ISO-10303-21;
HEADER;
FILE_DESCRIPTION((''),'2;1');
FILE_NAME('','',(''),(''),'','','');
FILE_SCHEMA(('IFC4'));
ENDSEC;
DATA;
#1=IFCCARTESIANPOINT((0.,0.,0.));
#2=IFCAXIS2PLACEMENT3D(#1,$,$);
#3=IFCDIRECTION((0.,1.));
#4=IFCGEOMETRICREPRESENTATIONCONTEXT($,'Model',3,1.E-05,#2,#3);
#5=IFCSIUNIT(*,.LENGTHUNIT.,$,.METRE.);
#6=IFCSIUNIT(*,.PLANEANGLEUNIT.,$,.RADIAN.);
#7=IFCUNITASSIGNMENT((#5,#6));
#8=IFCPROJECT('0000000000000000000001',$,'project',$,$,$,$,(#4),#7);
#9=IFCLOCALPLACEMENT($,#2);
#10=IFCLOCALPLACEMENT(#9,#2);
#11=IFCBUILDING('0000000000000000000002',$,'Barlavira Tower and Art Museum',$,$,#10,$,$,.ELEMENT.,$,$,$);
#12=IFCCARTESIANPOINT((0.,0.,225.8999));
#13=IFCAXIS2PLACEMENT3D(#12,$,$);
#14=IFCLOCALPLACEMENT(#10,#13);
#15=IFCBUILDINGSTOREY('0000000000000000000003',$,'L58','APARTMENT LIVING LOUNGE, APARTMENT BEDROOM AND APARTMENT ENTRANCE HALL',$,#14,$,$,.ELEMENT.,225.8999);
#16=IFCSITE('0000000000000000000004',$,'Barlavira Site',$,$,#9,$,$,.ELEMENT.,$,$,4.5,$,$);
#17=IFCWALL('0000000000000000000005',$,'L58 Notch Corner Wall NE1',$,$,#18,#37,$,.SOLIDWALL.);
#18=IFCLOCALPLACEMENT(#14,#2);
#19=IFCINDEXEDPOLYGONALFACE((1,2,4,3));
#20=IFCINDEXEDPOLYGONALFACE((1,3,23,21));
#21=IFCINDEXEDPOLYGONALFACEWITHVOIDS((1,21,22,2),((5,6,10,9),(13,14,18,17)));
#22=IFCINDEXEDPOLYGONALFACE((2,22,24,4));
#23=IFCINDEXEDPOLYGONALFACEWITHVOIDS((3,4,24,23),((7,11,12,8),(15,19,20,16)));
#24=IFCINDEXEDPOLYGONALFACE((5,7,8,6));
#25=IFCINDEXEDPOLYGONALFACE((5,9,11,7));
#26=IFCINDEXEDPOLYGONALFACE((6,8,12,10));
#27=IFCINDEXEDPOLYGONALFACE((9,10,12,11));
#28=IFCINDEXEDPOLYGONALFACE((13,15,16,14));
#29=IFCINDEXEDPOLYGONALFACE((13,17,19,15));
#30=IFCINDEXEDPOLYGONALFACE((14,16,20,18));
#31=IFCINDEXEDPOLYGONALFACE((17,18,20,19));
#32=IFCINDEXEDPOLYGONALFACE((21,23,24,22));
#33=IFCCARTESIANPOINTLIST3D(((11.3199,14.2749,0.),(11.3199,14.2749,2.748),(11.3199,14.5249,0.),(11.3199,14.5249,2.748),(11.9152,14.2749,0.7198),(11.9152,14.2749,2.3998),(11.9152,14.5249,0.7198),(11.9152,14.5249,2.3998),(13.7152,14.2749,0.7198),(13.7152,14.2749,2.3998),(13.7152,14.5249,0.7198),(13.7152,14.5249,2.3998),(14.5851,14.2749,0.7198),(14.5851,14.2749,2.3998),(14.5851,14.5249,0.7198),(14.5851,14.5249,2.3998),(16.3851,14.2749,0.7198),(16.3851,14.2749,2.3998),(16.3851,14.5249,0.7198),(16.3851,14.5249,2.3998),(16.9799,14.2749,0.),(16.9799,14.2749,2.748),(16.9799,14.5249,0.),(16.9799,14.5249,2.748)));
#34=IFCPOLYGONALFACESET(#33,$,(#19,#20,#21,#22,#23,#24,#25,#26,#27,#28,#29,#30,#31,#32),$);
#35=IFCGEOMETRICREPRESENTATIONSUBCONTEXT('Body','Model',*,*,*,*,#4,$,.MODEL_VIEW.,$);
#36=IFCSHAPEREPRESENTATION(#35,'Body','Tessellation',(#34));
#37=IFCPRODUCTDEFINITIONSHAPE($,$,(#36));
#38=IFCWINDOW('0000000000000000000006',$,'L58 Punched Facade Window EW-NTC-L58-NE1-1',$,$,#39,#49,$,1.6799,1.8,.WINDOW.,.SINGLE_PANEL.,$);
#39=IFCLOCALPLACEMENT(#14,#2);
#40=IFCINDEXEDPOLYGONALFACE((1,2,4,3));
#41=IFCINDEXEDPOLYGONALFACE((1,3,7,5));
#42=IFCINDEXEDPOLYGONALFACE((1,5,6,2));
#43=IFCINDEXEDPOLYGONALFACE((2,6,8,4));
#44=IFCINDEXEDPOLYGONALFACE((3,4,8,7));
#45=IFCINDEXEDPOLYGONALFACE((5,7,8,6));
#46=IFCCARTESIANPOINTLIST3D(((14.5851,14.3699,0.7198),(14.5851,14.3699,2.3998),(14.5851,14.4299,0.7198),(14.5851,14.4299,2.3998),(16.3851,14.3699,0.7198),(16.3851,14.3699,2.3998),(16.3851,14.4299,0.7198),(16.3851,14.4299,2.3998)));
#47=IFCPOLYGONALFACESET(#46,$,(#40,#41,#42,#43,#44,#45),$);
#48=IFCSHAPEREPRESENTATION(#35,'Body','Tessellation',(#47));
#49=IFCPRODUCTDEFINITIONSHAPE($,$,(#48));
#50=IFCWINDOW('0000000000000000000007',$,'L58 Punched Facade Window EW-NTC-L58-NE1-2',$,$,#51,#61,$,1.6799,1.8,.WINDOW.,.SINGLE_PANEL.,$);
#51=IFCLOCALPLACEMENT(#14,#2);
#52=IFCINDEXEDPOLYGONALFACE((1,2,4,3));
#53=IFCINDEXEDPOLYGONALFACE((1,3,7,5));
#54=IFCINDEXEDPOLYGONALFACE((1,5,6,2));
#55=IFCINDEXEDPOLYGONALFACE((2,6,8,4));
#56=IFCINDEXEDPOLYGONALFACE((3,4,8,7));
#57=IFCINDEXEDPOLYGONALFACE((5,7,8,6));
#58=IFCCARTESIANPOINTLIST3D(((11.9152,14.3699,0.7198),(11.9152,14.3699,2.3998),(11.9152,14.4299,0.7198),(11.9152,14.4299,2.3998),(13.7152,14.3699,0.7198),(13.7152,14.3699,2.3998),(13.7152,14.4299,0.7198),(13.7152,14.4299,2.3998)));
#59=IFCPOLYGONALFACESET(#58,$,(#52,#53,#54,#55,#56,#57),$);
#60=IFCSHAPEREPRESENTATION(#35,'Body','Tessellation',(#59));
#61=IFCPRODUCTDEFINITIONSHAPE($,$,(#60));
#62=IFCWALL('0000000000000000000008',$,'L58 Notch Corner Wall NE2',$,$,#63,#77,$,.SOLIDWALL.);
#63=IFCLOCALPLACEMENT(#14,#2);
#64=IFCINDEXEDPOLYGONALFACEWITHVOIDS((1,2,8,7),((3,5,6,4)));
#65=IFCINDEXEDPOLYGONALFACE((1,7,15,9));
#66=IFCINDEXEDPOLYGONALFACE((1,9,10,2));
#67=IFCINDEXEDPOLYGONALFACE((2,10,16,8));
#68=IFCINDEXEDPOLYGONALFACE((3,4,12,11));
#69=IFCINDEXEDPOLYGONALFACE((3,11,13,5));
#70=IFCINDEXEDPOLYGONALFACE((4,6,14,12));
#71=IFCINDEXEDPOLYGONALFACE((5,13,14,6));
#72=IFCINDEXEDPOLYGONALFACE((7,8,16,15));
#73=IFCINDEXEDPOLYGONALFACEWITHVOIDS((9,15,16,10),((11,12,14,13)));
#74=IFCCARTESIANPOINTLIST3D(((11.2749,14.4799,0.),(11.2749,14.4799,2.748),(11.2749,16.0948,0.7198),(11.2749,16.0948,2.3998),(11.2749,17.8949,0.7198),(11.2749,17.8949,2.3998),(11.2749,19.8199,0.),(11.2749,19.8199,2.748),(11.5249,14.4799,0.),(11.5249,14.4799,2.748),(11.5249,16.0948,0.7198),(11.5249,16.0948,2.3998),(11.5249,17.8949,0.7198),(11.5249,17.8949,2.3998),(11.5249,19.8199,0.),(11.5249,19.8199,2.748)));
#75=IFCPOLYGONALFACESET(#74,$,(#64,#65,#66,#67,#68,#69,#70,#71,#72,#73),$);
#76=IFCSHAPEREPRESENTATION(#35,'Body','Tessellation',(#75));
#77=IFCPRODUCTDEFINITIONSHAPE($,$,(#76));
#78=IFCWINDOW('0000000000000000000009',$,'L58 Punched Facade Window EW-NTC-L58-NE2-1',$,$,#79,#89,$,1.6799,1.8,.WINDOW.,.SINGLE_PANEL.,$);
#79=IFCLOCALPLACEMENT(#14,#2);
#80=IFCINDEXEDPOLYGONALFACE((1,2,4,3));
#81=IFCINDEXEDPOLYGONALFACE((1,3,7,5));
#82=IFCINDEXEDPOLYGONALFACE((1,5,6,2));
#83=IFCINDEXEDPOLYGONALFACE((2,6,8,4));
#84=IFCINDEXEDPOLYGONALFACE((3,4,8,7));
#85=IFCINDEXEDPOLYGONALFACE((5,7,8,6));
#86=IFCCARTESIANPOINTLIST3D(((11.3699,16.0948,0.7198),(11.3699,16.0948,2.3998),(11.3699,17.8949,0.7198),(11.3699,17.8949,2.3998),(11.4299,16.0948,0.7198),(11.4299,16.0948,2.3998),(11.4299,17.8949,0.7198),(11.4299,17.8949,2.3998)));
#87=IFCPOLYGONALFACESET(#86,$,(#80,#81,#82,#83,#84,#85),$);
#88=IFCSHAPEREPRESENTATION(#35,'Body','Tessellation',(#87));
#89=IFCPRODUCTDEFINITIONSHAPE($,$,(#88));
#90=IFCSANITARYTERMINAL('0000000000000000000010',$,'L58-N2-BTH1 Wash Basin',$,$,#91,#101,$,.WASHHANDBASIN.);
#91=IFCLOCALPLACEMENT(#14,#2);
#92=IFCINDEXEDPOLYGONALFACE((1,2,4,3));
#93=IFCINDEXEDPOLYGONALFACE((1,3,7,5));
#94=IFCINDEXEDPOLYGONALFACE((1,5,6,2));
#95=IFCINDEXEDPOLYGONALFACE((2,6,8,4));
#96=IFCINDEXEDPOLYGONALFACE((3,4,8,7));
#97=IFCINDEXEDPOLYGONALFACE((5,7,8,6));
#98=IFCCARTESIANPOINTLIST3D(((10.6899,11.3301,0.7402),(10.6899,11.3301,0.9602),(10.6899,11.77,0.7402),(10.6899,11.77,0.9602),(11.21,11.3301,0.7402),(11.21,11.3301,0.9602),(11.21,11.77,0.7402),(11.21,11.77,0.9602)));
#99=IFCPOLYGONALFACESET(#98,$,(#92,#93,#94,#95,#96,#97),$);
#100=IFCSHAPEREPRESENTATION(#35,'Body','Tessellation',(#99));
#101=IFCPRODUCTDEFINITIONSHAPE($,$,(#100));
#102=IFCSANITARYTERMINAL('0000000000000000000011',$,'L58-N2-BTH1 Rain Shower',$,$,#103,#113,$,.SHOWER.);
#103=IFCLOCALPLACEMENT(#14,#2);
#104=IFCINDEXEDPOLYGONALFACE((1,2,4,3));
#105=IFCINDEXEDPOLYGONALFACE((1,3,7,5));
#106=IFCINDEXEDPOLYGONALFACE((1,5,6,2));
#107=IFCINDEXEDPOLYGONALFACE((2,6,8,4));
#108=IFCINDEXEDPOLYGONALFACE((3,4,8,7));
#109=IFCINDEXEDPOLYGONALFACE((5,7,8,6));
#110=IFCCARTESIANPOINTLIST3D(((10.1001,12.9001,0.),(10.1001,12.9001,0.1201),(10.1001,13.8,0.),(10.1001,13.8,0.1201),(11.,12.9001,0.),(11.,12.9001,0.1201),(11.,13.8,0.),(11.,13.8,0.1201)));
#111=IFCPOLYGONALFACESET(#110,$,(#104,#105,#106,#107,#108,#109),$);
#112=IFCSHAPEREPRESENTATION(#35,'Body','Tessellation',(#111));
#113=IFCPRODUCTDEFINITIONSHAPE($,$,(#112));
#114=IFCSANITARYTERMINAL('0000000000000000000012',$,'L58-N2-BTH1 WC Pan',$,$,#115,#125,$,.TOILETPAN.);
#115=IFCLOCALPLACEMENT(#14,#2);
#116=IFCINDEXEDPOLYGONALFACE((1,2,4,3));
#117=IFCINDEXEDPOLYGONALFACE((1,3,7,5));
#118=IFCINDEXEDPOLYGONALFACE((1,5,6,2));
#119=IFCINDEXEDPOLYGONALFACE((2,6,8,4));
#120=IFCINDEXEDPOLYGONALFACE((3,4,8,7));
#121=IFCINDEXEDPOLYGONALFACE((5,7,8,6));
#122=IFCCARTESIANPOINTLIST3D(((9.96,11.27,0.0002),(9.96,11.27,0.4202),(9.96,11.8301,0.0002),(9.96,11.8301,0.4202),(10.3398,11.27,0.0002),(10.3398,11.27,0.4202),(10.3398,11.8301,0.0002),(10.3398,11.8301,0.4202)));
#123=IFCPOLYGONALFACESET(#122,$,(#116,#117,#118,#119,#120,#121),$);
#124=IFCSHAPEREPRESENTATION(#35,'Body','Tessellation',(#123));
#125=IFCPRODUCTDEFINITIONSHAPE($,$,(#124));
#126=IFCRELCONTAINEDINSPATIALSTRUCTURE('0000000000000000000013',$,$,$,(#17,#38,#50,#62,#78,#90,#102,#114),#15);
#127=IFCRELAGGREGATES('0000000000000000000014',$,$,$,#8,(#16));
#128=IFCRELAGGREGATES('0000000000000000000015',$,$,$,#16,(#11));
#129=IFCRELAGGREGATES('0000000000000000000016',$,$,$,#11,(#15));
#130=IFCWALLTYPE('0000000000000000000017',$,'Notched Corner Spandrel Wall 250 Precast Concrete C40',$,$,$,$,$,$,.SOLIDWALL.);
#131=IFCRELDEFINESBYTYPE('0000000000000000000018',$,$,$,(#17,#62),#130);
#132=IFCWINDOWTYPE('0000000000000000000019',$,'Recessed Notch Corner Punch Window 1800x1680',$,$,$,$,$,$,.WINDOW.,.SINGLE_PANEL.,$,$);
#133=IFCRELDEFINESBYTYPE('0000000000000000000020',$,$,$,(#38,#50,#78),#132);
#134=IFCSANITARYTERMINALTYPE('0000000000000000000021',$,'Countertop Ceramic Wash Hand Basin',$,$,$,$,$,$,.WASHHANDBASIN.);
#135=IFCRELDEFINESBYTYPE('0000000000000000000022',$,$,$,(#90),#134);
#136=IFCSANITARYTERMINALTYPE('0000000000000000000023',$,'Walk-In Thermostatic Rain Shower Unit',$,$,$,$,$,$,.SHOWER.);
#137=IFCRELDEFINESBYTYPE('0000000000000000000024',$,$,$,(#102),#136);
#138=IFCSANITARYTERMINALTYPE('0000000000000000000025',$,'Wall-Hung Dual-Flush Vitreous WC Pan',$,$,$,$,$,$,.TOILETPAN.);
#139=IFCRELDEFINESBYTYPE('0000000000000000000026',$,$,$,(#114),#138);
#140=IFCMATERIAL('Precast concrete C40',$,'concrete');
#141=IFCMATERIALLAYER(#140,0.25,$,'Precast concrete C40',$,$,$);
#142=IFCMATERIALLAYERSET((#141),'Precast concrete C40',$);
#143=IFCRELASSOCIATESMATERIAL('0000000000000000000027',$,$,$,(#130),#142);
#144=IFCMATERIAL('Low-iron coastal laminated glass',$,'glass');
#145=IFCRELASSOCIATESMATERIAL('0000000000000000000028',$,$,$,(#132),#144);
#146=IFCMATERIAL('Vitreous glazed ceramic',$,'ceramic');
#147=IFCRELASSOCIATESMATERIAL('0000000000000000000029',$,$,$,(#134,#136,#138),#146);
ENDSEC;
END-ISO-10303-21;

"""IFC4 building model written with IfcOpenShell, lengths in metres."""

from ifc_helpers import new_model, si_unit, direction, frame, frame_2d, origin, origin_2d, place, context, subcontext, project, spatial, rectangle, extrude, material, layer, layer_set, type_object, element, fill, save


model = new_model("IFC4")

# Units and contexts
model_context = context("Model", 3, precision=1e-05, world=origin(), true_north=direction((0.0, 1.0)))
body_context = subcontext(model_context, "Body", "Model", "MODEL_VIEW")
ifc_project = project(units=[si_unit("LENGTHUNIT", "METRE"), si_unit("PLANEANGLEUNIT", "RADIAN")], contexts=[model_context])

# Site, building, storey
site_placement = place(None, origin())
site = spatial("IfcSite", under=ifc_project, at=site_placement, Name="Barlavira Site", CompositionType="ELEMENT", RefElevation=4.5)
building_placement = place(site_placement, origin())
building = spatial("IfcBuilding", under=site, at=building_placement, Name="Barlavira Tower and Art Museum", CompositionType="ELEMENT")
storey_placement = place(building_placement, frame((0.0, 0.0, 225.8999)))
storey = spatial("IfcBuildingStorey", under=building, at=storey_placement, Name="L58", Description="APARTMENT LIVING LOUNGE, APARTMENT BEDROOM AND APARTMENT ENTRANCE HALL", CompositionType="ELEMENT", Elevation=225.8999)

# Shared definitions
ifc_material_1 = material(Name="Precast concrete C40", Category="concrete")
ifc_layer_1 = layer(ifc_material_1, 0.25, Name="Precast concrete C40")
ifc_layer_set_1 = layer_set([ifc_layer_1], Name="Precast concrete C40")
wall_type_1 = type_object("IfcWallType", Name="Notched Corner Spandrel Wall 250 Precast Concrete C40", PredefinedType="SOLIDWALL", material=ifc_layer_set_1)
ifc_material_2 = material(Name="Low-iron coastal laminated glass", Category="glass")

# Wall, openings, windows
wall_1_placement = place(storey_placement, frame((16.98, 14.3999, 0.0), z_axis=(0.0, 0.0, 1.0), x_axis=(-1.0, 0.0, 0.0)))
wall_1 = element("IfcWall", 1, at=wall_1_placement, inside=storey, type_object=wall_type_1, Name="L58 Notch Corner Wall NE1", PredefinedType="SOLIDWALL", context=body_context, shape_type="SweptSolid", body=[
    extrude(rectangle(XDim=5.6599, YDim=0.25, at=frame_2d((2.8301, 0.0))), origin(), (0.0, 0.0, 1.0), 2.748),
])
opening_1_placement = place(wall_1_placement, frame((0.595, 0.0, 0.72)))
opening_1 = element("IfcOpeningElement", 2, at=opening_1_placement, cuts=wall_1, PredefinedType="OPENING", context=body_context, shape_type="SweptSolid", body=[
    extrude(rectangle(XDim=1.8, YDim=1.6799, at=frame_2d((0.8999, 0.8398))), frame((0.0, 0.135, 0.0), z_axis=(0.0, -1.0, 0.0), x_axis=(1.0, 0.0, 0.0)), (0.0, 0.0, 1.0), 0.27),
])
opening_2_placement = place(wall_1_placement, frame((3.2649, 0.0, 0.72)))
opening_2 = element("IfcOpeningElement", 3, at=opening_2_placement, cuts=wall_1, PredefinedType="OPENING", context=body_context, shape_type="SweptSolid", body=[
    extrude(rectangle(XDim=1.8, YDim=1.6799, at=frame_2d((0.8999, 0.8398))), frame((0.0, 0.135, 0.0), z_axis=(0.0, -1.0, 0.0), x_axis=(1.0, 0.0, 0.0)), (0.0, 0.0, 1.0), 0.27),
])
window_type_1 = type_object("IfcWindowType", Name="Recessed Notch Corner Punch Window 1800x1680", PartitioningType="SINGLE_PANEL", PredefinedType="WINDOW", material=ifc_material_2)
window_1_placement = place(opening_1_placement, origin())
window_1 = element("IfcWindow", 4, at=window_1_placement, inside=storey, type_object=window_type_1, Name="L58 Punched Facade Window EW-NTC-L58-NE1-1", OverallHeight=1.6799, OverallWidth=1.8, PartitioningType="SINGLE_PANEL", PredefinedType="WINDOW", context=body_context, shape_type="SweptSolid", body=[
    extrude(rectangle(XDim=1.8, YDim=1.6799, at=frame_2d((0.8999, 0.8398))), frame((0.0, 0.03, 0.0), z_axis=(0.0, -1.0, 0.0), x_axis=(1.0, 0.0, 0.0)), (0.0, 0.0, 1.0), 0.0601),
])
fill(opening_1, window_1)
window_2_placement = place(opening_2_placement, origin())
window_2 = element("IfcWindow", 5, at=window_2_placement, inside=storey, type_object=window_type_1, Name="L58 Punched Facade Window EW-NTC-L58-NE1-2", OverallHeight=1.6799, OverallWidth=1.8, PartitioningType="SINGLE_PANEL", PredefinedType="WINDOW", context=body_context, shape_type="SweptSolid", body=[
    extrude(rectangle(XDim=1.8, YDim=1.6799, at=frame_2d((0.8999, 0.8398))), frame((0.0, 0.03, 0.0), z_axis=(0.0, -1.0, 0.0), x_axis=(1.0, 0.0, 0.0)), (0.0, 0.0, 1.0), 0.0601),
])
fill(opening_2, window_2)

# Wall, opening, window
wall_2_placement = place(storey_placement, frame((11.3999, 14.48, 0.0), z_axis=(0.0, 0.0, 1.0), x_axis=(0.0, 1.0, 0.0)))
wall_2 = element("IfcWall", 6, at=wall_2_placement, inside=storey, type_object=wall_type_1, Name="L58 Notch Corner Wall NE2", PredefinedType="SOLIDWALL", context=body_context, shape_type="SweptSolid", body=[
    extrude(rectangle(XDim=5.3401, YDim=0.25, at=frame_2d((2.6699, 0.0))), origin(), (0.0, 0.0, 1.0), 2.748),
])
opening_3_placement = place(wall_2_placement, frame((1.615, 0.0, 0.72)))
opening_3 = element("IfcOpeningElement", 7, at=opening_3_placement, cuts=wall_2, PredefinedType="OPENING", context=body_context, shape_type="SweptSolid", body=[
    extrude(rectangle(XDim=1.8, YDim=1.6799, at=frame_2d((0.8999, 0.8398))), frame((0.0, 0.135, 0.0), z_axis=(0.0, -1.0, 0.0), x_axis=(1.0, 0.0, 0.0)), (0.0, 0.0, 1.0), 0.27),
])
window_3_placement = place(opening_3_placement, origin())
window_3 = element("IfcWindow", 8, at=window_3_placement, inside=storey, type_object=window_type_1, Name="L58 Punched Facade Window EW-NTC-L58-NE2-1", OverallHeight=1.6799, OverallWidth=1.8, PartitioningType="SINGLE_PANEL", PredefinedType="WINDOW", context=body_context, shape_type="SweptSolid", body=[
    extrude(rectangle(XDim=1.8, YDim=1.6799, at=frame_2d((0.8999, 0.8398))), frame((0.0, 0.03, 0.0), z_axis=(0.0, -1.0, 0.0), x_axis=(1.0, 0.0, 0.0)), (0.0, 0.0, 1.0), 0.0601),
])
fill(opening_3, window_3)

# Sanitary terminals
ifc_material_3 = material(Name="Vitreous glazed ceramic", Category="ceramic")
sanitary_terminal_type_1 = type_object("IfcSanitaryTerminalType", Name="Countertop Ceramic Wash Hand Basin", PredefinedType="WASHHANDBASIN", material=ifc_material_3)
sanitary_terminal_1_placement = place(storey_placement, frame((10.95, 11.55, 0.7402), z_axis=(0.0, 0.0, 1.0), x_axis=(1.0, 0.0, 0.0)))
element("IfcSanitaryTerminal", 9, at=sanitary_terminal_1_placement, inside=storey, type_object=sanitary_terminal_type_1, Name="L58-N2-BTH1 Wash Basin", PredefinedType="WASHHANDBASIN", context=body_context, shape_type="SweptSolid", body=[
    extrude(rectangle(XDim=0.52, YDim=0.4399, at=origin_2d()), origin(), (0.0, 0.0, 1.0), 0.22),
])
sanitary_terminal_type_2 = type_object("IfcSanitaryTerminalType", Name="Walk-In Thermostatic Rain Shower Unit", PredefinedType="SHOWER", material=ifc_material_3)
sanitary_terminal_2_placement = place(storey_placement, frame((10.55, 13.3501, 0.0), z_axis=(0.0, 0.0, 1.0), x_axis=(1.0, 0.0, 0.0)))
element("IfcSanitaryTerminal", 10, at=sanitary_terminal_2_placement, inside=storey, type_object=sanitary_terminal_type_2, Name="L58-N2-BTH1 Rain Shower", PredefinedType="SHOWER", context=body_context, shape_type="SweptSolid", body=[
    extrude(rectangle(XDim=0.8999, YDim=0.8999, at=origin_2d()), origin(), (0.0, 0.0, 1.0), 0.1201),
])
sanitary_terminal_type_3 = type_object("IfcSanitaryTerminalType", Name="Wall-Hung Dual-Flush Vitreous WC Pan", PredefinedType="TOILETPAN", material=ifc_material_3)
sanitary_terminal_3_placement = place(storey_placement, frame((10.1499, 11.55, 0.0002), z_axis=(0.0, 0.0, 1.0), x_axis=(1.0, 0.0, 0.0)))
element("IfcSanitaryTerminal", 11, at=sanitary_terminal_3_placement, inside=storey, type_object=sanitary_terminal_type_3, Name="L58-N2-BTH1 WC Pan", PredefinedType="TOILETPAN", context=body_context, shape_type="SweptSolid", body=[
    extrude(rectangle(XDim=0.3799, YDim=0.5601, at=origin_2d()), origin(), (0.0, 0.0, 1.0), 0.4199),
])

save(model, "model.ifc")
